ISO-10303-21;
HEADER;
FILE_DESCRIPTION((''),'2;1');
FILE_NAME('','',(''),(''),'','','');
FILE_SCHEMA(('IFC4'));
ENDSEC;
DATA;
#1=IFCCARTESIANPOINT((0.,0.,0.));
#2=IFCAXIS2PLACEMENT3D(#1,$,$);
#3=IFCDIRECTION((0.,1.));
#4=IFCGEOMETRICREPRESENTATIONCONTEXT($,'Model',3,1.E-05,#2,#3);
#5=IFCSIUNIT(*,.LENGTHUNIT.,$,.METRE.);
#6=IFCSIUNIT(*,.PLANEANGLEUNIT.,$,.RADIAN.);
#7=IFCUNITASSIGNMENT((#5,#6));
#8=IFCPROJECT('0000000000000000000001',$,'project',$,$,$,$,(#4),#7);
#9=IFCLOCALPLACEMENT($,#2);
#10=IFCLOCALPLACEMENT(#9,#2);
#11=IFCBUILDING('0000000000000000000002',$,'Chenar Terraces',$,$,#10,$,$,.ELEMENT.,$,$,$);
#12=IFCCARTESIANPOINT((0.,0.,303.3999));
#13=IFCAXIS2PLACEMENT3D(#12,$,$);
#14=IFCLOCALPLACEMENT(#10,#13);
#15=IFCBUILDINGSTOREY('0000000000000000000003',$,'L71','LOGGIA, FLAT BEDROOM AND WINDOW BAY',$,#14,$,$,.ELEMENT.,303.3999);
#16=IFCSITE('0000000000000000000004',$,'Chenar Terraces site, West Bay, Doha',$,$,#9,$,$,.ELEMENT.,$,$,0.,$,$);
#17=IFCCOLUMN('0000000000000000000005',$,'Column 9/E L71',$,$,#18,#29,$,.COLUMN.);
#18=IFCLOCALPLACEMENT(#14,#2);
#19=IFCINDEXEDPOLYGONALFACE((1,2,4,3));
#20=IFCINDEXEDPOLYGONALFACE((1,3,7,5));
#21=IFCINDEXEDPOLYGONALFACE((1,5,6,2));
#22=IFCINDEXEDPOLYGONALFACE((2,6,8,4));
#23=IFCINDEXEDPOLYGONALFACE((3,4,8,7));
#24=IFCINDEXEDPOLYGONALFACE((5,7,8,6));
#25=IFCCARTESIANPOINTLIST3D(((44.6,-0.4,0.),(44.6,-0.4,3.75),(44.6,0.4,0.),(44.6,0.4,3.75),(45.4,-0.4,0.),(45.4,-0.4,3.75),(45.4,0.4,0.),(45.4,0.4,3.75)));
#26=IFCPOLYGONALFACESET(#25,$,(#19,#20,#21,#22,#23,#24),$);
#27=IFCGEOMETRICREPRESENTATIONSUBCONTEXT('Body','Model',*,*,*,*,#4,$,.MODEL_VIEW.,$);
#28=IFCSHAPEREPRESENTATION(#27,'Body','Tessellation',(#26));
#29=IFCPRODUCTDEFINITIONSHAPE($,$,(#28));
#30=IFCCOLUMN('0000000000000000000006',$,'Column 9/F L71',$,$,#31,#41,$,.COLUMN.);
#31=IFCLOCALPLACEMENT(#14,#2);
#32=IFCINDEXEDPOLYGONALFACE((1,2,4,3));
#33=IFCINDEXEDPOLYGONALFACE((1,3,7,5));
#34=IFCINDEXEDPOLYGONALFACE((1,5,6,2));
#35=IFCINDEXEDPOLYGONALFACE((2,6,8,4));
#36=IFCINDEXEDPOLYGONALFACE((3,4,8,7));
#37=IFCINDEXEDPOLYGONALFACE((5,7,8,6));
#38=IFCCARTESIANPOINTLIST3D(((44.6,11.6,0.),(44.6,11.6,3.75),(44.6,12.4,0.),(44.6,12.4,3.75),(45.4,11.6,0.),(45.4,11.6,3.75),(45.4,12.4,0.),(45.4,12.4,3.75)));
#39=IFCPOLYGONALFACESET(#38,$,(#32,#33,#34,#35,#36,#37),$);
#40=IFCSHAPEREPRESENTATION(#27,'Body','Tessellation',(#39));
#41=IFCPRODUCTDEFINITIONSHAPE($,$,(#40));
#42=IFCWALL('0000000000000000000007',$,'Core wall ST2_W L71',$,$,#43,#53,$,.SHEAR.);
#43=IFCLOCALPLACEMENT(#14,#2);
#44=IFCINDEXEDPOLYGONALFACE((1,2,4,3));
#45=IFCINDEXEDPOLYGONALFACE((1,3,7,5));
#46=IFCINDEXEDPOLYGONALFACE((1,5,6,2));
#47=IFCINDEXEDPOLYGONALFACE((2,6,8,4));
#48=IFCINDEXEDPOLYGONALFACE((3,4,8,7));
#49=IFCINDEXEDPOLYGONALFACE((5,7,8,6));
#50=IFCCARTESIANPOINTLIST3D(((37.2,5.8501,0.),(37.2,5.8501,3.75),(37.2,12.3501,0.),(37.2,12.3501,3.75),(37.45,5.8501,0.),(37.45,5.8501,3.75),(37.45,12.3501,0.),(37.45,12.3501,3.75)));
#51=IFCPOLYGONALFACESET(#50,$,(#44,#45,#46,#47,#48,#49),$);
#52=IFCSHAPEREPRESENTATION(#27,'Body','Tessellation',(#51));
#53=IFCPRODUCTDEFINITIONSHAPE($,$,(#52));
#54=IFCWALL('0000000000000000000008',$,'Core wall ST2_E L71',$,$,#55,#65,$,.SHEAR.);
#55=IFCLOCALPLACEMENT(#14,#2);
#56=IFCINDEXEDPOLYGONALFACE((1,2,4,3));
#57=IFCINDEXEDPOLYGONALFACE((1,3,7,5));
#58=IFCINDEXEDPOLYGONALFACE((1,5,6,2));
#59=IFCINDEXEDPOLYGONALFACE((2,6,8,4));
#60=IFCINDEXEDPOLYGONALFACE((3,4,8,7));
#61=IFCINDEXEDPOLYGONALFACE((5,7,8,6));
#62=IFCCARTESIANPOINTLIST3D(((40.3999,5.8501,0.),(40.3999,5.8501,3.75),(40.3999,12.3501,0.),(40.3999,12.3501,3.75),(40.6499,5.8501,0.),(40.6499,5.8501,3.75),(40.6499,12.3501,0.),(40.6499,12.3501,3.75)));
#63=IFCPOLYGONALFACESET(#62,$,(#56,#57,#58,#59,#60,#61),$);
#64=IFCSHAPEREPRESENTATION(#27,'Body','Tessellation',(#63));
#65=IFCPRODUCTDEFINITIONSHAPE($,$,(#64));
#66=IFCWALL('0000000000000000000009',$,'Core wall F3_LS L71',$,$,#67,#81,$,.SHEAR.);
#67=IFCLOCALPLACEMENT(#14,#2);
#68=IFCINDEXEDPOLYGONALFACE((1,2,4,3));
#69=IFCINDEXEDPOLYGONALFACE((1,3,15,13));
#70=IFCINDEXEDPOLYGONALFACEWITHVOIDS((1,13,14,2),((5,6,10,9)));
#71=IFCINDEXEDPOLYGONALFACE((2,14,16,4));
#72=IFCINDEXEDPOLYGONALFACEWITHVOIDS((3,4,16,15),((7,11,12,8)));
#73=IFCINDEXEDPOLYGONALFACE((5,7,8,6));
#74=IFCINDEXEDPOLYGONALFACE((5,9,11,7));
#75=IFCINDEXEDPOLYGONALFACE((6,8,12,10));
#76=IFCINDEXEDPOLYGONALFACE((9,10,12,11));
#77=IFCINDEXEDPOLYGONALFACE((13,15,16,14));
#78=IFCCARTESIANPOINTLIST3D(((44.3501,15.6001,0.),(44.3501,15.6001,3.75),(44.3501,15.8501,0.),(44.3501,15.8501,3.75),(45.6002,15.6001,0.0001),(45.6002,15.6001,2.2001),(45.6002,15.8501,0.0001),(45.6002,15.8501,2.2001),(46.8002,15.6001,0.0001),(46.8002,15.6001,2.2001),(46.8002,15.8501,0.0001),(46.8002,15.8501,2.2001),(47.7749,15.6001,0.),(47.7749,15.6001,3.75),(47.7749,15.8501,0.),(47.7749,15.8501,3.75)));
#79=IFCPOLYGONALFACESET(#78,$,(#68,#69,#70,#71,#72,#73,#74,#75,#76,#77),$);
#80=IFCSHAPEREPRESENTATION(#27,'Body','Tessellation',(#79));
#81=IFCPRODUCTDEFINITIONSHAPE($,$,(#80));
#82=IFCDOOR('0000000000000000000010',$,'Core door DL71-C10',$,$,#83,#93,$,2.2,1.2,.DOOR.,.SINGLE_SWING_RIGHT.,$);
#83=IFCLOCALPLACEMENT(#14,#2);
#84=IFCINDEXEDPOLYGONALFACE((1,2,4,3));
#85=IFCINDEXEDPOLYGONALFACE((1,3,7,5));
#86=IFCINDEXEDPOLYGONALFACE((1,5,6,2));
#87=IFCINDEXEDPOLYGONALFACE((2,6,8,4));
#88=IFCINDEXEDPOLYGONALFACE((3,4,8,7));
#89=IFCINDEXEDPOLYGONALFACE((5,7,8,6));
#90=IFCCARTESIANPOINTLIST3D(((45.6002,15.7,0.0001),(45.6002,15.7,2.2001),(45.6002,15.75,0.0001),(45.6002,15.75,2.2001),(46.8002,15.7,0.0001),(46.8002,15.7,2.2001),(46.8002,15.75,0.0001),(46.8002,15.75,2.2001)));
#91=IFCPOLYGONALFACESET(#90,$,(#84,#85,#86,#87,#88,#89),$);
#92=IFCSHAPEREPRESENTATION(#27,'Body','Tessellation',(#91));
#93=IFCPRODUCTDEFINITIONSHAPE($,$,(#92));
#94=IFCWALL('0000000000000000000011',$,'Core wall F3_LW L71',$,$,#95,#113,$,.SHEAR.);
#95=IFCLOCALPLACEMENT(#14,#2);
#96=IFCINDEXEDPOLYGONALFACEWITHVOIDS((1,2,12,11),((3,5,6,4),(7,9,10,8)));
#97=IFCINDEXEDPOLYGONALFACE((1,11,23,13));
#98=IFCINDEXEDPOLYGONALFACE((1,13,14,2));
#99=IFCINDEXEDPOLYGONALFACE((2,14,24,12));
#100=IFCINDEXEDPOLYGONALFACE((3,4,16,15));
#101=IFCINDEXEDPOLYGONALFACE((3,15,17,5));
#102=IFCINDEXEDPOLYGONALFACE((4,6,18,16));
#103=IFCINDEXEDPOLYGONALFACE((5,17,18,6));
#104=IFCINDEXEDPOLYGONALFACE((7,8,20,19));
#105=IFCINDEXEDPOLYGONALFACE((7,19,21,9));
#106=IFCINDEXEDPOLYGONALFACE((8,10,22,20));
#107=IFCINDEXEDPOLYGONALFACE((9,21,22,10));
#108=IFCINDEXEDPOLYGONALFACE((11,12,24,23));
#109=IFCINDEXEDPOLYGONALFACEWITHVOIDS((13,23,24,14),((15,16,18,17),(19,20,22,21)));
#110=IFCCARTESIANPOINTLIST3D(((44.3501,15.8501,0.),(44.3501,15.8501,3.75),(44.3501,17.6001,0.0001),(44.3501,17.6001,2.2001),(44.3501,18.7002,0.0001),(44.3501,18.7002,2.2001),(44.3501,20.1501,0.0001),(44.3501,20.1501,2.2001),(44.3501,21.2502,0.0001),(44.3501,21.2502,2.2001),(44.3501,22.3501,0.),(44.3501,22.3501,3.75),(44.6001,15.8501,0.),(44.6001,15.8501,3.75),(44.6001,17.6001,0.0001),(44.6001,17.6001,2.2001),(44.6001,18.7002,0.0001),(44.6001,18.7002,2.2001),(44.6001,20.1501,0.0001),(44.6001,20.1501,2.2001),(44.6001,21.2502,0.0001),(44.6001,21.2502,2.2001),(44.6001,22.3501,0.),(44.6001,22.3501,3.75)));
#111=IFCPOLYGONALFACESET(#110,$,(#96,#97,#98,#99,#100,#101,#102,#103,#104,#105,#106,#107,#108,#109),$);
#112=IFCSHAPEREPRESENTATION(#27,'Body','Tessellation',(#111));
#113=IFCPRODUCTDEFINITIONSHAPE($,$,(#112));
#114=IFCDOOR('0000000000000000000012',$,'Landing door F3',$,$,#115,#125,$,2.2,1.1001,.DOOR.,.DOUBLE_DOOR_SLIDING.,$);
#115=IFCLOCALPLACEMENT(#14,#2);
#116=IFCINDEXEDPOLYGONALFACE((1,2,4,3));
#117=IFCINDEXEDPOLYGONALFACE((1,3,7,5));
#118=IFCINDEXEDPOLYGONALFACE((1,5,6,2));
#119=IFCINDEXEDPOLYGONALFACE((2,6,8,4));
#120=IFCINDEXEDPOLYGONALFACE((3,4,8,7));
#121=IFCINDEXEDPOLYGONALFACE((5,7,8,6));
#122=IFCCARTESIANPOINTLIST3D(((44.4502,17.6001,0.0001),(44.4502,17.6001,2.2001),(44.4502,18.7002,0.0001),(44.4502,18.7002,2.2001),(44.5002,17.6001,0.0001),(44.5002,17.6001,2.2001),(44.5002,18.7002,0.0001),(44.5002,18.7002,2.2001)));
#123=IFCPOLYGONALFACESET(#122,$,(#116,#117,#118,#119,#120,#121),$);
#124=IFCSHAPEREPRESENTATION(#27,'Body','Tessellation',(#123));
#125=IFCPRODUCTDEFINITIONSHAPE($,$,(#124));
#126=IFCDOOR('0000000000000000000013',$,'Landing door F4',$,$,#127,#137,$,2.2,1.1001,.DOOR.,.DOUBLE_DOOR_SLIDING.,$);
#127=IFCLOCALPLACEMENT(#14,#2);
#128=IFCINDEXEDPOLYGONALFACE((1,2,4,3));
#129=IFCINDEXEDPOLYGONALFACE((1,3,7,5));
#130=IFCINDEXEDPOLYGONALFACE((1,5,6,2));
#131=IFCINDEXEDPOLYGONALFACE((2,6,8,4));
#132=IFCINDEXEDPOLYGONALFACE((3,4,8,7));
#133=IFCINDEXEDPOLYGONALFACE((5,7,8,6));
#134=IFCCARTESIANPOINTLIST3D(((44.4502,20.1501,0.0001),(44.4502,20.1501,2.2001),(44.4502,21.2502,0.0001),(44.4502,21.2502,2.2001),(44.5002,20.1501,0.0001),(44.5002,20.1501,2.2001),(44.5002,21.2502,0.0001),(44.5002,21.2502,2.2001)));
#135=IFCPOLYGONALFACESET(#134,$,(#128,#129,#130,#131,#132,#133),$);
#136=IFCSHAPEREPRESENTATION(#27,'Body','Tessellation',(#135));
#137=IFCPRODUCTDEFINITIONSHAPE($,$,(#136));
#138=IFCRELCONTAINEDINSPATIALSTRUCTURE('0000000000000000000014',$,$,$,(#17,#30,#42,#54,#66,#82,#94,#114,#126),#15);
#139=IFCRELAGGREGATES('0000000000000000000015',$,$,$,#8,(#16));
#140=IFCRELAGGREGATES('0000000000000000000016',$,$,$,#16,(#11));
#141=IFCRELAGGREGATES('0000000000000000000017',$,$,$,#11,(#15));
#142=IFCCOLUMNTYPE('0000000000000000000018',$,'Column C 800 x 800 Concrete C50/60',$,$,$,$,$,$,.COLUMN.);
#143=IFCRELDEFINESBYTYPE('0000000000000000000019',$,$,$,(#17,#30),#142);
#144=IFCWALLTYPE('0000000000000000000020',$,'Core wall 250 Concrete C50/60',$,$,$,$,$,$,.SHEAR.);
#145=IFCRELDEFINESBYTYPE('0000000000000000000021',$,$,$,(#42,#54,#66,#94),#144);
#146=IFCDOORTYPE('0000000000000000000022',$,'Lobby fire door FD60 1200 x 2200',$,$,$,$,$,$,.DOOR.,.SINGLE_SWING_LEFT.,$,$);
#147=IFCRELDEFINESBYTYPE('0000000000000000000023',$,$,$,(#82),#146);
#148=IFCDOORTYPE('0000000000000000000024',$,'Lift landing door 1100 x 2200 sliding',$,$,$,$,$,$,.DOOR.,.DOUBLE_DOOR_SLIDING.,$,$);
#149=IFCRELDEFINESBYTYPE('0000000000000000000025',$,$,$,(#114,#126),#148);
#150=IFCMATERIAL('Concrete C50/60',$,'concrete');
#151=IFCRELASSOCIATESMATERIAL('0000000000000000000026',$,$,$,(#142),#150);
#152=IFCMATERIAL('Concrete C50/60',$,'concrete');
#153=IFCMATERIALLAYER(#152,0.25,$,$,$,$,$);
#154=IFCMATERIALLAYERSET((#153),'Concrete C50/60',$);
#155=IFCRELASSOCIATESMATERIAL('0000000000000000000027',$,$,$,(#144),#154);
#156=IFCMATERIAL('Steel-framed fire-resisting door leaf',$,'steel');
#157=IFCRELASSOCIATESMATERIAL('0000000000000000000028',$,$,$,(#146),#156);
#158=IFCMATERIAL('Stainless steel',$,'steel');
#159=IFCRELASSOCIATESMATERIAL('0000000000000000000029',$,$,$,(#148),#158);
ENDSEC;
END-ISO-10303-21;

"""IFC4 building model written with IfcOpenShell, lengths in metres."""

from ifc_helpers import new_model, si_unit, direction, frame, frame_2d, origin, origin_2d, place, context, subcontext, project, spatial, rectangle, extrude, material, layer, layer_set, material_profile, profile_set, type_object, element, fill, save


model = new_model("IFC4")

# Units and contexts
model_context = context("Model", 3, precision=1e-05, world=origin(), true_north=direction((0.0, 1.0)))
body_context = subcontext(model_context, "Body", "Model", "MODEL_VIEW")
ifc_project = project(units=[si_unit("LENGTHUNIT", "METRE"), si_unit("PLANEANGLEUNIT", "RADIAN")], contexts=[model_context])

# Site, building, storey
site_placement = place(None, origin())
site = spatial("IfcSite", under=ifc_project, at=site_placement, Name="Chenar Terraces site, West Bay, Doha", CompositionType="ELEMENT", RefElevation=0.0)
building_placement = place(site_placement, origin())
building = spatial("IfcBuilding", under=site, at=building_placement, Name="Chenar Terraces", CompositionType="ELEMENT")
storey_placement = place(building_placement, frame((0.0, 0.0, 303.3999)))
storey = spatial("IfcBuildingStorey", under=building, at=storey_placement, Name="L71", Description="LOGGIA, FLAT BEDROOM AND WINDOW BAY", CompositionType="ELEMENT", Elevation=303.3999)

# Columns
ifc_material_1 = material(Name="Concrete C50/60", Category="concrete")
ifc_material_profile_1 = material_profile(ifc_material_1, rectangle(XDim=0.8, YDim=0.8, at=origin_2d()), Name="C 800 x 800")
ifc_profile_set_1 = profile_set([ifc_material_profile_1], Name="Concrete C50/60")
column_type = type_object("IfcColumnType", Name="Column C 800 x 800 Concrete C50/60", PredefinedType="COLUMN", material=ifc_profile_set_1)
for number, where, z_axis, x_axis, name in (
    (1, (45.0, 0.0, 0.0), (0.0, 0.0, 1.0), (1.0, 0.0, 0.0), "Column 9/E L71"),
    (2, (45.0, 12.0, 0.0), (0.0, 0.0, 1.0), (1.0, 0.0, 0.0), "Column 9/F L71"),
):
    element("IfcColumn", number, at=place(storey_placement, frame(where, z_axis=z_axis, x_axis=x_axis)), inside=storey, type_object=column_type, Name=name, PredefinedType="COLUMN", context=body_context, shape_type="SweptSolid", body=[
        extrude(rectangle(XDim=0.8, YDim=0.8, at=origin_2d()), origin(), (0.0, 0.0, 1.0), 3.75),
    ])

# Walls
ifc_material_2 = material(Name="Concrete C50/60", Category="concrete")
ifc_layer_1 = layer(ifc_material_2, 0.25)
ifc_layer_set_1 = layer_set([ifc_layer_1], Name="Concrete C50/60")
wall_type_1 = type_object("IfcWallType", Name="Core wall 250 Concrete C50/60", PredefinedType="SHEAR", material=ifc_layer_set_1)
for number, where, z_axis, x_axis, name in (
    (3, (37.325, 5.8501, 0.0), (0.0, 0.0, 1.0), (0.0, 1.0, 0.0), "Core wall ST2_W L71"),
    (4, (40.5249, 5.8501, 0.0), (0.0, 0.0, 1.0), (0.0, 1.0, 0.0), "Core wall ST2_E L71"),
):
    element("IfcWall", number, at=place(storey_placement, frame(where, z_axis=z_axis, x_axis=x_axis)), inside=storey, type_object=wall_type_1, Name=name, PredefinedType="SHEAR", context=body_context, shape_type="SweptSolid", body=[
        extrude(rectangle(XDim=6.5, YDim=0.25, at=frame_2d((3.25, 0.0))), origin(), (0.0, 0.0, 1.0), 3.75),
    ])

# Wall, opening, door
wall_1_placement = place(storey_placement, frame((44.3501, 15.7251, 0.0), z_axis=(0.0, 0.0, 1.0), x_axis=(1.0, 0.0, 0.0)))
wall_1 = element("IfcWall", 5, at=wall_1_placement, inside=storey, type_object=wall_type_1, Name="Core wall F3_LS L71", PredefinedType="SHEAR", context=body_context, shape_type="SweptSolid", body=[
    extrude(rectangle(XDim=3.4248, YDim=0.25, at=frame_2d((1.7124, 0.0))), origin(), (0.0, 0.0, 1.0), 3.75),
])
opening_1_placement = place(wall_1_placement, frame((1.25, 0.0, 0.0)))
opening_1 = element("IfcOpeningElement", 6, at=opening_1_placement, cuts=wall_1, PredefinedType="OPENING", context=body_context, shape_type="SweptSolid", body=[
    extrude(rectangle(XDim=1.2, YDim=2.2, at=frame_2d((0.6001, 1.1001))), frame((0.0, 0.135, 0.0), z_axis=(0.0, -1.0, 0.0), x_axis=(1.0, 0.0, 0.0)), (0.0, 0.0, 1.0), 0.27),
])
ifc_material_3 = material(Name="Steel-framed fire-resisting door leaf", Category="steel")
door_type_1 = type_object("IfcDoorType", Name="Lobby fire door FD60 1200 x 2200", OperationType="SINGLE_SWING_LEFT", PredefinedType="DOOR", material=ifc_material_3)
door_1_placement = place(opening_1_placement, origin())
door_1 = element("IfcDoor", 7, at=door_1_placement, inside=storey, type_object=door_type_1, Name="Core door DL71-C10", OperationType="SINGLE_SWING_RIGHT", OverallHeight=2.2, OverallWidth=1.2, PredefinedType="DOOR", context=body_context, shape_type="SweptSolid", body=[
    extrude(rectangle(XDim=1.2, YDim=2.2, at=frame_2d((0.6001, 1.1001))), frame((0.0, 0.0249, 0.0), z_axis=(0.0, -1.0, 0.0), x_axis=(1.0, 0.0, 0.0)), (0.0, 0.0, 1.0), 0.05),
])
fill(opening_1, door_1)

# Wall, openings, doors
wall_2_placement = place(storey_placement, frame((44.4751, 15.8501, 0.0), z_axis=(0.0, 0.0, 1.0), x_axis=(0.0, 1.0, 0.0)))
wall_2 = element("IfcWall", 8, at=wall_2_placement, inside=storey, type_object=wall_type_1, Name="Core wall F3_LW L71", PredefinedType="SHEAR", context=body_context, shape_type="SweptSolid", body=[
    extrude(rectangle(XDim=6.5, YDim=0.25, at=frame_2d((3.25, 0.0))), origin(), (0.0, 0.0, 1.0), 3.75),
])
opening_2_placement = place(wall_2_placement, frame((1.75, 0.0, 0.0)))
opening_2 = element("IfcOpeningElement", 9, at=opening_2_placement, cuts=wall_2, PredefinedType="OPENING", context=body_context, shape_type="SweptSolid", body=[
    extrude(rectangle(XDim=1.1001, YDim=2.2, at=frame_2d((0.55, 1.1001))), frame((0.0, 0.135, 0.0), z_axis=(0.0, -1.0, 0.0), x_axis=(1.0, 0.0, 0.0)), (0.0, 0.0, 1.0), 0.27),
])
opening_3_placement = place(wall_2_placement, frame((4.3, 0.0, 0.0)))
opening_3 = element("IfcOpeningElement", 10, at=opening_3_placement, cuts=wall_2, PredefinedType="OPENING", context=body_context, shape_type="SweptSolid", body=[
    extrude(rectangle(XDim=1.1001, YDim=2.2, at=frame_2d((0.55, 1.1001))), frame((0.0, 0.135, 0.0), z_axis=(0.0, -1.0, 0.0), x_axis=(1.0, 0.0, 0.0)), (0.0, 0.0, 1.0), 0.27),
])
ifc_material_4 = material(Name="Stainless steel", Category="steel")
door_type_2 = type_object("IfcDoorType", Name="Lift landing door 1100 x 2200 sliding", OperationType="DOUBLE_DOOR_SLIDING", PredefinedType="DOOR", material=ifc_material_4)
door_2_placement = place(opening_2_placement, origin())
door_2 = element("IfcDoor", 11, at=door_2_placement, inside=storey, type_object=door_type_2, Name="Landing door F3", OperationType="DOUBLE_DOOR_SLIDING", OverallHeight=2.2, OverallWidth=1.1001, PredefinedType="DOOR", context=body_context, shape_type="SweptSolid", body=[
    extrude(rectangle(XDim=1.1001, YDim=2.2, at=frame_2d((0.55, 1.1001))), frame((0.0, 0.0249, 0.0), z_axis=(0.0, -1.0, 0.0), x_axis=(1.0, 0.0, 0.0)), (0.0, 0.0, 1.0), 0.05),
])
fill(opening_2, door_2)
door_3_placement = place(opening_3_placement, origin())
door_3 = element("IfcDoor", 12, at=door_3_placement, inside=storey, type_object=door_type_2, Name="Landing door F4", OperationType="DOUBLE_DOOR_SLIDING", OverallHeight=2.2, OverallWidth=1.1001, PredefinedType="DOOR", context=body_context, shape_type="SweptSolid", body=[
    extrude(rectangle(XDim=1.1001, YDim=2.2, at=frame_2d((0.55, 1.1001))), frame((0.0, 0.0249, 0.0), z_axis=(0.0, -1.0, 0.0), x_axis=(1.0, 0.0, 0.0)), (0.0, 0.0, 1.0), 0.05),
])
fill(opening_3, door_3)

save(model, "model.ifc")
